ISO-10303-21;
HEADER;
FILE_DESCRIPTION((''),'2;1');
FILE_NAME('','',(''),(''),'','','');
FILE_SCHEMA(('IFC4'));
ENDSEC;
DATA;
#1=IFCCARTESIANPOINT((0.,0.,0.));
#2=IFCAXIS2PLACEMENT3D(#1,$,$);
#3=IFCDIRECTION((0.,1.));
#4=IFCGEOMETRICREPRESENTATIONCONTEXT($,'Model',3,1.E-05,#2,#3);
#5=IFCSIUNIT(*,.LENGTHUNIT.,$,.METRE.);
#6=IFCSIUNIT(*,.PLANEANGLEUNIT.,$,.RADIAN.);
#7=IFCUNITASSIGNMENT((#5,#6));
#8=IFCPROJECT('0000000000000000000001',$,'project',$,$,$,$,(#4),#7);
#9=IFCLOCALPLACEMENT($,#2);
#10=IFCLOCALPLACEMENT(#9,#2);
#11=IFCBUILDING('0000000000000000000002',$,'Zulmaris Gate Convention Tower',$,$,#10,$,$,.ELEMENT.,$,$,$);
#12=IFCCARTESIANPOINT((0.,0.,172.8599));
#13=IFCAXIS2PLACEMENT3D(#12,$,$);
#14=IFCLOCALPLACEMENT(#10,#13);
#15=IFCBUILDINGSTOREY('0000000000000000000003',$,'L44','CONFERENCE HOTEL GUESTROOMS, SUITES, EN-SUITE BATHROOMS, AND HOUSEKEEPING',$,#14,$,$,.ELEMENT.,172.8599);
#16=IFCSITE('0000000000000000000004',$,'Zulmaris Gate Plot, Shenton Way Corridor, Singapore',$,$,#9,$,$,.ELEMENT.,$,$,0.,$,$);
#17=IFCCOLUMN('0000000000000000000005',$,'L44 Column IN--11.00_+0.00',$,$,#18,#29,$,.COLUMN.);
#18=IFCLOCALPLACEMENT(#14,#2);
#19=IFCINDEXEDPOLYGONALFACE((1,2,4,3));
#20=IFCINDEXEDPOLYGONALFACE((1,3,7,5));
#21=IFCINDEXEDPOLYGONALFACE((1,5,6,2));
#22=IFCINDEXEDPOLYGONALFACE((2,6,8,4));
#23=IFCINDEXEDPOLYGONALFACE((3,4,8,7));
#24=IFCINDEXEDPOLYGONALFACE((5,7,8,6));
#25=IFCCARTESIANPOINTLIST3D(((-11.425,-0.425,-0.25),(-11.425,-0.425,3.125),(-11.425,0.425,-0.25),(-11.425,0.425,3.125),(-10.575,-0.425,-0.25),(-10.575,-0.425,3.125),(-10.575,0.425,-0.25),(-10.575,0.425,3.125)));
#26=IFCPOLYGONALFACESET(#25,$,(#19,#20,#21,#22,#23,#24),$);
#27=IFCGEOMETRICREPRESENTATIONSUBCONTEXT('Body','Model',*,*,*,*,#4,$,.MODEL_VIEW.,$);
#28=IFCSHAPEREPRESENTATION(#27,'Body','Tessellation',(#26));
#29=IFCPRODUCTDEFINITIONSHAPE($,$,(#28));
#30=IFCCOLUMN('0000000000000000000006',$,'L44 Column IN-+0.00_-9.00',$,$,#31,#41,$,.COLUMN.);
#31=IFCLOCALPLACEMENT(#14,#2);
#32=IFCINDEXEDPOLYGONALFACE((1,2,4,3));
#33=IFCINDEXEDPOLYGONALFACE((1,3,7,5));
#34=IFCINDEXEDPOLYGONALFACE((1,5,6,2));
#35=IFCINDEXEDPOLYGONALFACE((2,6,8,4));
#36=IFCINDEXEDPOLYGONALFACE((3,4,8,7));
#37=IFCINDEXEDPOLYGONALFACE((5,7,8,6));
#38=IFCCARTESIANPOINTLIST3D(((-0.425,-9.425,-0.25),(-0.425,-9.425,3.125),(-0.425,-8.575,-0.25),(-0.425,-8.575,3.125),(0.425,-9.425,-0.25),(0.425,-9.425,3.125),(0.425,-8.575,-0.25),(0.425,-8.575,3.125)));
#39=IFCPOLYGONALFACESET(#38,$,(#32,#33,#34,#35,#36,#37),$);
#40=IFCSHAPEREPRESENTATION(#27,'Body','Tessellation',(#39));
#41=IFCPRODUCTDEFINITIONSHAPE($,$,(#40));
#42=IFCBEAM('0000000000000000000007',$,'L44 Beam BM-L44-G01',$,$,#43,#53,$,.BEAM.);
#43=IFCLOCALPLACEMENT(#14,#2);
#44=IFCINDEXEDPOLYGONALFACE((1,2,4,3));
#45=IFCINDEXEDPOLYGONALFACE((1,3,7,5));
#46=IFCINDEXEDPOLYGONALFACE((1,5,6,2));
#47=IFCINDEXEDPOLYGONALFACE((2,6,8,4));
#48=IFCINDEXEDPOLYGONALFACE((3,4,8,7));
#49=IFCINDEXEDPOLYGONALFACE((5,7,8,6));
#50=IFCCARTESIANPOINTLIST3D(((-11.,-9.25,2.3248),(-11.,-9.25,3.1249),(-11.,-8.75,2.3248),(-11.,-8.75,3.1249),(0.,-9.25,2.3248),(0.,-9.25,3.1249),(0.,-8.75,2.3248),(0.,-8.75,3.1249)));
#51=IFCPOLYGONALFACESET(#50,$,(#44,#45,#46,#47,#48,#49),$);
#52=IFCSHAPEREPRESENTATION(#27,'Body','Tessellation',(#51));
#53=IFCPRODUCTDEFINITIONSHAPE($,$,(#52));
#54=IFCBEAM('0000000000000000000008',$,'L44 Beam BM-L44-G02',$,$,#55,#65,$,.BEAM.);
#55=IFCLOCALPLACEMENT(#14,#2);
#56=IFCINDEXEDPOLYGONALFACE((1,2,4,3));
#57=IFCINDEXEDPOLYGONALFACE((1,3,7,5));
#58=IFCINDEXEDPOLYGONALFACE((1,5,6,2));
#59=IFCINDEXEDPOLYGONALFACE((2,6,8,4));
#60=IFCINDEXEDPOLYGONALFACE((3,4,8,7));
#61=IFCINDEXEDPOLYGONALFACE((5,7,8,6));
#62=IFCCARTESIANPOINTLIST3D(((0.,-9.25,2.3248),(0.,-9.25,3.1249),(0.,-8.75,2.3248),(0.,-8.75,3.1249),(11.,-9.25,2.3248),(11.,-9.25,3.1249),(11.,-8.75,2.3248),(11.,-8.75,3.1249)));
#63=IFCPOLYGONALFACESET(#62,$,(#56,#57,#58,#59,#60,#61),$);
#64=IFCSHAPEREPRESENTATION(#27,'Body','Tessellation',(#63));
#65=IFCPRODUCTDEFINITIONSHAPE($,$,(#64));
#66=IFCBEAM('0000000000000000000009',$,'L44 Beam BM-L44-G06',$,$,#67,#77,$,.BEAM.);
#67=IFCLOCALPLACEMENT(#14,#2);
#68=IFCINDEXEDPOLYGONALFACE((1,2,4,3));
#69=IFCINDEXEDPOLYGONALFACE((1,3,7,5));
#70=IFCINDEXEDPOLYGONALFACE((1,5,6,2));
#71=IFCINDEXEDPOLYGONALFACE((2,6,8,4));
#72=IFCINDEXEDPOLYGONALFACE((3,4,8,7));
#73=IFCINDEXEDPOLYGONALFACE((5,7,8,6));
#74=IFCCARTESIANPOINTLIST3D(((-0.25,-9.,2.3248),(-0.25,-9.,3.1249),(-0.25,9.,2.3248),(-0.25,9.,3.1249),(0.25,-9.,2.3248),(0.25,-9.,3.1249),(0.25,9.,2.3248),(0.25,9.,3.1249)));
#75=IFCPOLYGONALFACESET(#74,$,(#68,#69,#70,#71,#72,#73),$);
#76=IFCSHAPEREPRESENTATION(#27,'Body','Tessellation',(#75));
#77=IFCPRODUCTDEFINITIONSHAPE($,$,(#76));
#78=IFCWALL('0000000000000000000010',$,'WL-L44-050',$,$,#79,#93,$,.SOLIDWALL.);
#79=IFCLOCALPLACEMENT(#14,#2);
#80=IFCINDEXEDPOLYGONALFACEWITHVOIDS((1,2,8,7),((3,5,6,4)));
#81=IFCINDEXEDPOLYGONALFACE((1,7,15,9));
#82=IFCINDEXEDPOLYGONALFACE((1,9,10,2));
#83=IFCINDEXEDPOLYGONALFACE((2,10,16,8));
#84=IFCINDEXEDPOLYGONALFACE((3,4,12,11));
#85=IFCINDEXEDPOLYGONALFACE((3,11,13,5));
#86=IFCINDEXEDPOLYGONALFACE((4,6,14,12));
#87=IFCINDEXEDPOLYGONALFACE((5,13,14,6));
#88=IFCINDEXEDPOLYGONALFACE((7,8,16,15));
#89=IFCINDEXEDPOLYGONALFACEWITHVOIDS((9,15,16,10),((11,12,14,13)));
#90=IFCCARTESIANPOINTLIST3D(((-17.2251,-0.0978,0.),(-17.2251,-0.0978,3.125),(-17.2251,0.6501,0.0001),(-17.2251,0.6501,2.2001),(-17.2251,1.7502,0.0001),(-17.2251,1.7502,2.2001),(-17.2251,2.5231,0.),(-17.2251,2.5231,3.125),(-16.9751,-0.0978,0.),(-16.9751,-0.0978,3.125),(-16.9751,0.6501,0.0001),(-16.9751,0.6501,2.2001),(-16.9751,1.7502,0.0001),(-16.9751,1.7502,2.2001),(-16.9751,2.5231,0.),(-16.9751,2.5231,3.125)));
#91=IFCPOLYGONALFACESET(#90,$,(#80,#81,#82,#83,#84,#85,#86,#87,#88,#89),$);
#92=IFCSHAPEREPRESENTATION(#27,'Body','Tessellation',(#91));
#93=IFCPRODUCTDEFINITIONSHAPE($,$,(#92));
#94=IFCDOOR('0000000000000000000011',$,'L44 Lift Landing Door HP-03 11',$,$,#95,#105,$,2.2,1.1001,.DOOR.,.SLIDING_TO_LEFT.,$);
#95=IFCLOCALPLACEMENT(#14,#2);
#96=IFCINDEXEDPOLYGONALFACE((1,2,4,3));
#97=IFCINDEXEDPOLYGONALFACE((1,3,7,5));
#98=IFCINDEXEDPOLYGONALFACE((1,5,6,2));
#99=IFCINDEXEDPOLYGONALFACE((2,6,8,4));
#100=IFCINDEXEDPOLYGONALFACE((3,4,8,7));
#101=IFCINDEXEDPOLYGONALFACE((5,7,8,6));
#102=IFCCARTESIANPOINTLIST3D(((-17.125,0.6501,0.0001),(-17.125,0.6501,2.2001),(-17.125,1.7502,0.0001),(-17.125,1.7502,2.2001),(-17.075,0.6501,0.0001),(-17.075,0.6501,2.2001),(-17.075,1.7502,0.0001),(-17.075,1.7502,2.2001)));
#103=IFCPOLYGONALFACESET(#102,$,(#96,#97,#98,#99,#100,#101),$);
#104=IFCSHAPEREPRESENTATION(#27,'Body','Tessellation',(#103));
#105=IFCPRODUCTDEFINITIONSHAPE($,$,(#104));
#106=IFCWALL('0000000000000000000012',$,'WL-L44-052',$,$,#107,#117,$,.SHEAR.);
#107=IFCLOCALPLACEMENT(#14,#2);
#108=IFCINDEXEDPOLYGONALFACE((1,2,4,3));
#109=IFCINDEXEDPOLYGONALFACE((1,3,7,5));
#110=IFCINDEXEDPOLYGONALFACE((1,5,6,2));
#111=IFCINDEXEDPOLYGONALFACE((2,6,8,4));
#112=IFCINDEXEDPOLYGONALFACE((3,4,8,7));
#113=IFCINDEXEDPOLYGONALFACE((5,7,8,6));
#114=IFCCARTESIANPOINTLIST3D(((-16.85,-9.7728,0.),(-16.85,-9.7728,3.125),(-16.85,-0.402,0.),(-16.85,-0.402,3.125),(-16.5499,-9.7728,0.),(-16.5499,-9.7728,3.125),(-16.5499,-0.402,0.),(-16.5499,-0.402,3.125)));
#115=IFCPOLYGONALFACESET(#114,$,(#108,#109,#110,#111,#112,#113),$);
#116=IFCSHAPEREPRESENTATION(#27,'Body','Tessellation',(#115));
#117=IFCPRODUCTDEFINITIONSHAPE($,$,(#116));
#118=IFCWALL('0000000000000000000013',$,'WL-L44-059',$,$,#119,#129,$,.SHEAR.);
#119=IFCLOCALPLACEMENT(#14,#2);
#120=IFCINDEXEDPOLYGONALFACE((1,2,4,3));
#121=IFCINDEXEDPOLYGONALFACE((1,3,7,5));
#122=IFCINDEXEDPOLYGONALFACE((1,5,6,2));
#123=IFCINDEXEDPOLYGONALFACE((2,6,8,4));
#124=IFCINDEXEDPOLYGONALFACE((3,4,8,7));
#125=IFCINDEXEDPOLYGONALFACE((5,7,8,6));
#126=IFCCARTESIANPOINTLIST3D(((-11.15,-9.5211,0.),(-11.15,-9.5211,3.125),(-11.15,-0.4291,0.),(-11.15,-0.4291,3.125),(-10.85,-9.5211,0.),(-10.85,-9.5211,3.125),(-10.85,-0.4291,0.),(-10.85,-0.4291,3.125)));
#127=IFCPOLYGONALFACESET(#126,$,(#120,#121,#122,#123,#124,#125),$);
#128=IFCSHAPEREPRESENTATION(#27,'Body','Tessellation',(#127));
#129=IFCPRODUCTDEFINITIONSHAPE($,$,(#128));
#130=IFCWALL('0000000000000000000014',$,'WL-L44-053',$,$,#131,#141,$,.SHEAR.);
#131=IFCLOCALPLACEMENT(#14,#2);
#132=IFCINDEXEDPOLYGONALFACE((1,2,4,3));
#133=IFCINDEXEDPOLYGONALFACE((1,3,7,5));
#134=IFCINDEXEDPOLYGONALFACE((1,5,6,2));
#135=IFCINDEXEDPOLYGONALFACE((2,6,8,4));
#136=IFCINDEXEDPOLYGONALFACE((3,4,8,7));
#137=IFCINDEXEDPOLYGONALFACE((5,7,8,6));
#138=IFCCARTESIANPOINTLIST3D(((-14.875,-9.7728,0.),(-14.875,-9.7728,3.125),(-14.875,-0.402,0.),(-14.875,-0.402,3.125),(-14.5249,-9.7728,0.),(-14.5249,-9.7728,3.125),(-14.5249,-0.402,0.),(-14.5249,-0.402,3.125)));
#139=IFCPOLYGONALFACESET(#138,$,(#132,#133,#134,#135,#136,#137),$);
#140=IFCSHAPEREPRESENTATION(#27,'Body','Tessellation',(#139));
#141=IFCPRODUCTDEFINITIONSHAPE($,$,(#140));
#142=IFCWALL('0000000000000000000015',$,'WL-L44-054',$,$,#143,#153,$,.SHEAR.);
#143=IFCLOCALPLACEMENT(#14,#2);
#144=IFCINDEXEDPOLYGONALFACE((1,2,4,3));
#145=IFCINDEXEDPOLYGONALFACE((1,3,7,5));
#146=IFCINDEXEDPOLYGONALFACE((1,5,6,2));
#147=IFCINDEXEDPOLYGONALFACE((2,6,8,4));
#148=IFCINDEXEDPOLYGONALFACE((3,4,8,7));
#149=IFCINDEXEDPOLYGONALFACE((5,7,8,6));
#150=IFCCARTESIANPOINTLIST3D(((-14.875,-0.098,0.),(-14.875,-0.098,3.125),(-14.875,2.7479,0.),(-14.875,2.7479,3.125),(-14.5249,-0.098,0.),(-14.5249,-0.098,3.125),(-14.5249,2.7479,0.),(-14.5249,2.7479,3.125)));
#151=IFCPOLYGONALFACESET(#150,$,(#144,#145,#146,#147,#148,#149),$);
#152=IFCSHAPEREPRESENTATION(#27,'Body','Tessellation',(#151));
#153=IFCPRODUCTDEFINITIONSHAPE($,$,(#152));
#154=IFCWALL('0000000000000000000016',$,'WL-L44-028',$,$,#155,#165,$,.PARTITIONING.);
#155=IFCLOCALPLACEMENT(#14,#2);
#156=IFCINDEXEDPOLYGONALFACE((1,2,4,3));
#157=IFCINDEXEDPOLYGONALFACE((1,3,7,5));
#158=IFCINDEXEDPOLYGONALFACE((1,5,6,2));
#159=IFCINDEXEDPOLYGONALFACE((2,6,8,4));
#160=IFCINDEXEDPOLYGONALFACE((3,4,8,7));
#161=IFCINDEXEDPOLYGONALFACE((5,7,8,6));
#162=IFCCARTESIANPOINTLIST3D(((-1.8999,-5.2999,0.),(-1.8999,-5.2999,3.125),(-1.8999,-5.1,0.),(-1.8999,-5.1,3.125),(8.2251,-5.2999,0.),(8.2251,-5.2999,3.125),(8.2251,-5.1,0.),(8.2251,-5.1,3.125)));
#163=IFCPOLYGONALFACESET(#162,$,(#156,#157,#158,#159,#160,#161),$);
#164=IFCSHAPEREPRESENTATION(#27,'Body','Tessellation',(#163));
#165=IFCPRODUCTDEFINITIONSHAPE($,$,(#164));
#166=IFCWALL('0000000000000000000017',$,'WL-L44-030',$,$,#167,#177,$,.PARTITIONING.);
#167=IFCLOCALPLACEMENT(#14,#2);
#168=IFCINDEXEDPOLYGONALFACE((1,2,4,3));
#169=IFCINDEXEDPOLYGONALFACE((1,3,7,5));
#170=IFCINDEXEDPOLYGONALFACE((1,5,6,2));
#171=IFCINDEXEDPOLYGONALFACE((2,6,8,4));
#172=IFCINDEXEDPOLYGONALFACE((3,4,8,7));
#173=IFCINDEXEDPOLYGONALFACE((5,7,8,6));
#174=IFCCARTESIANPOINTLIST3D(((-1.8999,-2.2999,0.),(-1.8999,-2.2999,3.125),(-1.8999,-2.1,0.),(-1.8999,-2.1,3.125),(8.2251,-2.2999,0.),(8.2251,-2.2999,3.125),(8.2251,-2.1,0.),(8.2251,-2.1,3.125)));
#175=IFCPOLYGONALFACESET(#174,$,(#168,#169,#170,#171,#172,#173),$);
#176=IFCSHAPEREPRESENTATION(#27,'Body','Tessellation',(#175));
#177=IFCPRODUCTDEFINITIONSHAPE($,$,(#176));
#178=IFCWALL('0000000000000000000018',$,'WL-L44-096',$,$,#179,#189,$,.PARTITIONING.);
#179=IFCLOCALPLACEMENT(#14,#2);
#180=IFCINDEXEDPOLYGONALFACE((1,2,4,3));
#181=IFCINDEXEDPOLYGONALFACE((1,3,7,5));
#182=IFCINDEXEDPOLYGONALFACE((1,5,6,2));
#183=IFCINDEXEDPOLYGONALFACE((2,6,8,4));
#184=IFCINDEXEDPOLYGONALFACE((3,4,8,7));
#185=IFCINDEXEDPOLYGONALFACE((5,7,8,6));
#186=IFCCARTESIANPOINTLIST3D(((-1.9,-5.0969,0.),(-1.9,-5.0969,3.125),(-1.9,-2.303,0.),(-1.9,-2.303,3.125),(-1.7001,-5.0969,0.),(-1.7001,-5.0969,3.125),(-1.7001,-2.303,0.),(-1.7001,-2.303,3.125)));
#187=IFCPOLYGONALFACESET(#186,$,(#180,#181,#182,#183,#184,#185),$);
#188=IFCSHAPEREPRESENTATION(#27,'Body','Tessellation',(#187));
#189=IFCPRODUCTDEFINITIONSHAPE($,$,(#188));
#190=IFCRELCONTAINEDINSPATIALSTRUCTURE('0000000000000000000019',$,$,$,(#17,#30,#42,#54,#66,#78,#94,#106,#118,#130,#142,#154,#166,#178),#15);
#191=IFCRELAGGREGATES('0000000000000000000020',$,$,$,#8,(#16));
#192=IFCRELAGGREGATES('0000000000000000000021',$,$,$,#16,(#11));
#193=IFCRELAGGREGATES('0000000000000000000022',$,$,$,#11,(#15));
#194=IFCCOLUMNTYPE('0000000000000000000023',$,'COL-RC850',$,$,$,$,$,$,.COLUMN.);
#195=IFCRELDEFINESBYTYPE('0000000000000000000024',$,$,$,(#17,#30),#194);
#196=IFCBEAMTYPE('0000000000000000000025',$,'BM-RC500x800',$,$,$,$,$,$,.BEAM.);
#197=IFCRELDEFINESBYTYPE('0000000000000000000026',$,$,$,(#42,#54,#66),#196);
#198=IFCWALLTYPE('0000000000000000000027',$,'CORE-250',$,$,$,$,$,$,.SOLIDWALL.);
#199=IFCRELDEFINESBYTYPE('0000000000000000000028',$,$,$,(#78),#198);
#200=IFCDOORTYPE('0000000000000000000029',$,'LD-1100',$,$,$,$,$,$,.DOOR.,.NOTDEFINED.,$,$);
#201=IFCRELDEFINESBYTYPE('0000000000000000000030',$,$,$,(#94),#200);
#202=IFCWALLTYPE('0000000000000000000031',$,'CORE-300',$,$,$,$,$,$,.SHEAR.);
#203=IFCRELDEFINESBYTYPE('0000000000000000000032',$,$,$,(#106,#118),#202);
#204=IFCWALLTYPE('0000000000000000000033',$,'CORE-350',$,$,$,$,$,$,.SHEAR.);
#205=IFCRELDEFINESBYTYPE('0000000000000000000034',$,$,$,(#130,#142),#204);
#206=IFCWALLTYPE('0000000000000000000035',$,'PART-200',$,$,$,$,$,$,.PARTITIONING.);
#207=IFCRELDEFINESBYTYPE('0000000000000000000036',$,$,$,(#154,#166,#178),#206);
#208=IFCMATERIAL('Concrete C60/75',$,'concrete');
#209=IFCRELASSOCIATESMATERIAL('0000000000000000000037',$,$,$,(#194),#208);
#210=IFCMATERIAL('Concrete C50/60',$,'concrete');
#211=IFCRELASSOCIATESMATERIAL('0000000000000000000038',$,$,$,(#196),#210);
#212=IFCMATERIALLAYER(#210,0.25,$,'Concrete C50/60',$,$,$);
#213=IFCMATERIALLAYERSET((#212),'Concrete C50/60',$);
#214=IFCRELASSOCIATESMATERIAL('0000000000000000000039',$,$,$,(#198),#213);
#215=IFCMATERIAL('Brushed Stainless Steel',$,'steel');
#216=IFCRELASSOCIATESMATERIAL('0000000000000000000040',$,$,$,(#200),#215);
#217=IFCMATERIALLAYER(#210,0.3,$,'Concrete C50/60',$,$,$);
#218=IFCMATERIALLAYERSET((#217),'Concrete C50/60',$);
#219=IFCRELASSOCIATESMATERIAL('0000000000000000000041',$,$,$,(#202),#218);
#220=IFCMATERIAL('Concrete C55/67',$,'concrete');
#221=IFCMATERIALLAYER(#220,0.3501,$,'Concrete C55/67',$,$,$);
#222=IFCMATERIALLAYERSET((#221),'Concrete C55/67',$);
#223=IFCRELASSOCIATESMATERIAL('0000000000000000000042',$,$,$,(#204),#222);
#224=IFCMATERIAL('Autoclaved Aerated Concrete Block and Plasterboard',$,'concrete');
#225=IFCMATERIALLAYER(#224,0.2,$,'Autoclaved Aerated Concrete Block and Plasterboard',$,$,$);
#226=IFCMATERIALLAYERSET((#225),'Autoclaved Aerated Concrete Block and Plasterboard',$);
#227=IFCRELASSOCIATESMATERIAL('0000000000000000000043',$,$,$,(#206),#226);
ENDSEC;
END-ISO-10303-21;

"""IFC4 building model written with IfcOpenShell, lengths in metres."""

from ifc_helpers import new_model, si_unit, direction, frame, frame_2d, origin, origin_2d, place, context, subcontext, project, spatial, rectangle, extrude, material, layer, layer_set, material_profile, profile_set, type_object, element, fill, save


model = new_model("IFC4")

# Units and contexts
model_context = context("Model", 3, precision=1e-05, world=origin(), true_north=direction((0.0, 1.0)))
body_context = subcontext(model_context, "Body", "Model", "MODEL_VIEW")
ifc_project = project(units=[si_unit("LENGTHUNIT", "METRE"), si_unit("PLANEANGLEUNIT", "RADIAN")], contexts=[model_context])

# Site, building, storey
site_placement = place(None, origin())
site = spatial("IfcSite", under=ifc_project, at=site_placement, Name="Zulmaris Gate Plot, Shenton Way Corridor, Singapore", CompositionType="ELEMENT", RefElevation=0.0)
building_placement = place(site_placement, origin())
building = spatial("IfcBuilding", under=site, at=building_placement, Name="Zulmaris Gate Convention Tower", CompositionType="ELEMENT")
storey_placement = place(building_placement, frame((0.0, 0.0, 172.8599)))
storey = spatial("IfcBuildingStorey", under=building, at=storey_placement, Name="L44", Description="CONFERENCE HOTEL GUESTROOMS, SUITES, EN-SUITE BATHROOMS, AND HOUSEKEEPING", CompositionType="ELEMENT", Elevation=172.8599)

# Columns
ifc_material_1 = material(Name="Concrete C60/75", Category="concrete")
ifc_material_profile_1 = material_profile(ifc_material_1, rectangle(XDim=0.8501, YDim=0.8501, at=origin_2d()), Name="RC COL 850x850")
ifc_profile_set_1 = profile_set([ifc_material_profile_1], Name="Concrete C60/75")
column_type = type_object("IfcColumnType", Name="COL-RC850", PredefinedType="COLUMN", material=ifc_profile_set_1)
for number, where, z_axis, x_axis, name in (
    (1, (-11.0, 0.0, -0.25), (0.0, 0.0, 1.0), (1.0, 0.0, 0.0), "L44 Column IN--11.00_+0.00"),
    (2, (0.0, -9.0, -0.25), (0.0, 0.0, 1.0), (1.0, 0.0, 0.0), "L44 Column IN-+0.00_-9.00"),
):
    element("IfcColumn", number, at=place(storey_placement, frame(where, z_axis=z_axis, x_axis=x_axis)), inside=storey, type_object=column_type, Name=name, PredefinedType="COLUMN", context=body_context, shape_type="SweptSolid", body=[
        extrude(rectangle(XDim=0.8501, YDim=0.8501, at=origin_2d()), origin(), (0.0, 0.0, 1.0), 3.375),
    ])

# Beams
ifc_material_2 = material(Name="Concrete C50/60", Category="concrete")
ifc_material_profile_2 = material_profile(ifc_material_2, rectangle(XDim=0.5, YDim=0.8, at=origin_2d()), Name="RC BEAM 500x800")
ifc_profile_set_2 = profile_set([ifc_material_profile_2], Name="Concrete C50/60")
beam_type = type_object("IfcBeamType", Name="BM-RC500x800", PredefinedType="BEAM", material=ifc_profile_set_2)
for number, where, z_axis, x_axis, name in (
    (3, (-11.0, -9.0, 2.7249), (1.0, 0.0, 0.0), (0.0, 1.0, 0.0), "L44 Beam BM-L44-G01"),
    (4, (0.0, -9.0, 2.7249), (1.0, 0.0, 0.0), (0.0, 1.0, 0.0), "L44 Beam BM-L44-G02"),
):
    element("IfcBeam", number, at=place(storey_placement, frame(where, z_axis=z_axis, x_axis=x_axis)), inside=storey, type_object=beam_type, Name=name, PredefinedType="BEAM", context=body_context, shape_type="SweptSolid", body=[
        extrude(rectangle(XDim=0.5, YDim=0.8, at=origin_2d()), origin(), (0.0, 0.0, 1.0), 11.0),
    ])
beam_placement = place(storey_placement, frame((0.0, -9.0, 2.7249), z_axis=(0.0, 1.0, 0.0), x_axis=(-1.0, 0.0, 0.0)))
element("IfcBeam", 5, at=beam_placement, inside=storey, type_object=beam_type, Name="L44 Beam BM-L44-G06", PredefinedType="BEAM", context=body_context, shape_type="SweptSolid", body=[
    extrude(rectangle(XDim=0.5, YDim=0.8, at=origin_2d()), origin(), (0.0, 0.0, 1.0), 18.0),
])

# Wall, opening, door
ifc_layer_1 = layer(ifc_material_2, 0.25, Name="Concrete C50/60")
ifc_layer_set_1 = layer_set([ifc_layer_1], Name="Concrete C50/60")
wall_type_1 = type_object("IfcWallType", Name="CORE-250", PredefinedType="SOLIDWALL", material=ifc_layer_set_1)
wall_1_placement = place(storey_placement, frame((-17.1001, -0.0979, 0.0), z_axis=(0.0, 0.0, 1.0), x_axis=(0.0, 1.0, 0.0)))
wall_1 = element("IfcWall", 6, at=wall_1_placement, inside=storey, type_object=wall_type_1, Name="WL-L44-050", PredefinedType="SOLIDWALL", context=body_context, shape_type="SweptSolid", body=[
    extrude(rectangle(XDim=2.6208, YDim=0.25, at=frame_2d((1.3105, 0.0))), origin(), (0.0, 0.0, 1.0), 3.125),
])
opening_placement = place(wall_1_placement, frame((0.748, 0.0, 0.0)))
opening = element("IfcOpeningElement", 7, at=opening_placement, cuts=wall_1, PredefinedType="OPENING", context=body_context, shape_type="SweptSolid", body=[
    extrude(rectangle(XDim=1.1001, YDim=2.2, at=frame_2d((0.55, 1.1001))), frame((0.0, 0.135, 0.0), z_axis=(0.0, -1.0, 0.0), x_axis=(1.0, 0.0, 0.0)), (0.0, 0.0, 1.0), 0.27),
])
ifc_material_3 = material(Name="Brushed Stainless Steel", Category="steel")
door_type = type_object("IfcDoorType", Name="LD-1100", OperationType="NOTDEFINED", PredefinedType="DOOR", material=ifc_material_3)
door_placement = place(opening_placement, origin())
door = element("IfcDoor", 8, at=door_placement, inside=storey, type_object=door_type, Name="L44 Lift Landing Door HP-03 11", OperationType="SLIDING_TO_LEFT", OverallHeight=2.2, OverallWidth=1.1001, PredefinedType="DOOR", context=body_context, shape_type="SweptSolid", body=[
    extrude(rectangle(XDim=1.1001, YDim=2.2, at=frame_2d((0.55, 1.1001))), frame((0.0, 0.0249, 0.0), z_axis=(0.0, -1.0, 0.0), x_axis=(1.0, 0.0, 0.0)), (0.0, 0.0, 1.0), 0.05),
])
fill(opening, door)

# Walls
ifc_layer_2 = layer(ifc_material_2, 0.3, Name="Concrete C50/60")
ifc_layer_set_2 = layer_set([ifc_layer_2], Name="Concrete C50/60")
wall_type_2 = type_object("IfcWallType", Name="CORE-300", PredefinedType="SHEAR", material=ifc_layer_set_2)
wall_2_placement = place(storey_placement, frame((-16.7, -9.7729, 0.0), z_axis=(0.0, 0.0, 1.0), x_axis=(0.0, 1.0, 0.0)))
element("IfcWall", 9, at=wall_2_placement, inside=storey, type_object=wall_type_2, Name="WL-L44-052", PredefinedType="SHEAR", context=body_context, shape_type="SweptSolid", body=[
    extrude(rectangle(XDim=9.3708, YDim=0.3, at=frame_2d((4.6855, 0.0))), origin(), (0.0, 0.0, 1.0), 3.125),
])
wall_3_placement = place(storey_placement, frame((-11.0, -9.521, 0.0), z_axis=(0.0, 0.0, 1.0), x_axis=(0.0, 1.0, 0.0)))
element("IfcWall", 10, at=wall_3_placement, inside=storey, type_object=wall_type_2, Name="WL-L44-059", PredefinedType="SHEAR", context=body_context, shape_type="SweptSolid", body=[
    extrude(rectangle(XDim=9.092, YDim=0.3, at=frame_2d((4.5459, 0.0))), origin(), (0.0, 0.0, 1.0), 3.125),
])
ifc_material_4 = material(Name="Concrete C55/67", Category="concrete")
ifc_layer_3 = layer(ifc_material_4, 0.3501, Name="Concrete C55/67")
ifc_layer_set_3 = layer_set([ifc_layer_3], Name="Concrete C55/67")
wall_type_3 = type_object("IfcWallType", Name="CORE-350", PredefinedType="SHEAR", material=ifc_layer_set_3)
wall_4_placement = place(storey_placement, frame((-14.7, -9.7729, 0.0), z_axis=(0.0, 0.0, 1.0), x_axis=(0.0, 1.0, 0.0)))
element("IfcWall", 11, at=wall_4_placement, inside=storey, type_object=wall_type_3, Name="WL-L44-053", PredefinedType="SHEAR", context=body_context, shape_type="SweptSolid", body=[
    extrude(rectangle(XDim=9.3708, YDim=0.3501, at=frame_2d((4.6855, 0.0))), origin(), (0.0, 0.0, 1.0), 3.125),
])
wall_5_placement = place(storey_placement, frame((-14.7, -0.0979, 0.0), z_axis=(0.0, 0.0, 1.0), x_axis=(0.0, 1.0, 0.0)))
element("IfcWall", 12, at=wall_5_placement, inside=storey, type_object=wall_type_3, Name="WL-L44-054", PredefinedType="SHEAR", context=body_context, shape_type="SweptSolid", body=[
    extrude(rectangle(XDim=2.8459, YDim=0.3501, at=frame_2d((1.4229, 0.0))), origin(), (0.0, 0.0, 1.0), 3.125),
])
ifc_material_5 = material(Name="Autoclaved Aerated Concrete Block and Plasterboard", Category="concrete")
ifc_layer_4 = layer(ifc_material_5, 0.2, Name="Autoclaved Aerated Concrete Block and Plasterboard")
ifc_layer_set_4 = layer_set([ifc_layer_4], Name="Autoclaved Aerated Concrete Block and Plasterboard")
wall_type_4 = type_object("IfcWallType", Name="PART-200", PredefinedType="PARTITIONING", material=ifc_layer_set_4)
for number, where, z_axis, x_axis, name in (
    (13, (-1.8999, -5.2, 0.0), (0.0, 0.0, 1.0), (1.0, 0.0, 0.0), "WL-L44-028"),
    (14, (-1.8999, -2.2, 0.0), (0.0, 0.0, 1.0), (1.0, 0.0, 0.0), "WL-L44-030"),
):
    element("IfcWall", number, at=place(storey_placement, frame(where, z_axis=z_axis, x_axis=x_axis)), inside=storey, type_object=wall_type_4, Name=name, PredefinedType="PARTITIONING", context=body_context, shape_type="SweptSolid", body=[
        extrude(rectangle(XDim=10.125, YDim=0.2, at=frame_2d((5.0625, 0.0))), origin(), (0.0, 0.0, 1.0), 3.125),
    ])
for number, where, z_axis, x_axis, name in (
    (15, (-1.8, -5.0969, 0.0), (0.0, 0.0, 1.0), (0.0, 1.0, 0.0), "WL-L44-096"),
):
    element("IfcWall", number, at=place(storey_placement, frame(where, z_axis=z_axis, x_axis=x_axis)), inside=storey, type_object=wall_type_4, Name=name, PredefinedType="PARTITIONING", context=body_context, shape_type="SweptSolid", body=[
        extrude(rectangle(XDim=2.7939, YDim=0.2, at=frame_2d((1.397, 0.0))), origin(), (0.0, 0.0, 1.0), 3.125),
    ])

save(model, "model.ifc")
